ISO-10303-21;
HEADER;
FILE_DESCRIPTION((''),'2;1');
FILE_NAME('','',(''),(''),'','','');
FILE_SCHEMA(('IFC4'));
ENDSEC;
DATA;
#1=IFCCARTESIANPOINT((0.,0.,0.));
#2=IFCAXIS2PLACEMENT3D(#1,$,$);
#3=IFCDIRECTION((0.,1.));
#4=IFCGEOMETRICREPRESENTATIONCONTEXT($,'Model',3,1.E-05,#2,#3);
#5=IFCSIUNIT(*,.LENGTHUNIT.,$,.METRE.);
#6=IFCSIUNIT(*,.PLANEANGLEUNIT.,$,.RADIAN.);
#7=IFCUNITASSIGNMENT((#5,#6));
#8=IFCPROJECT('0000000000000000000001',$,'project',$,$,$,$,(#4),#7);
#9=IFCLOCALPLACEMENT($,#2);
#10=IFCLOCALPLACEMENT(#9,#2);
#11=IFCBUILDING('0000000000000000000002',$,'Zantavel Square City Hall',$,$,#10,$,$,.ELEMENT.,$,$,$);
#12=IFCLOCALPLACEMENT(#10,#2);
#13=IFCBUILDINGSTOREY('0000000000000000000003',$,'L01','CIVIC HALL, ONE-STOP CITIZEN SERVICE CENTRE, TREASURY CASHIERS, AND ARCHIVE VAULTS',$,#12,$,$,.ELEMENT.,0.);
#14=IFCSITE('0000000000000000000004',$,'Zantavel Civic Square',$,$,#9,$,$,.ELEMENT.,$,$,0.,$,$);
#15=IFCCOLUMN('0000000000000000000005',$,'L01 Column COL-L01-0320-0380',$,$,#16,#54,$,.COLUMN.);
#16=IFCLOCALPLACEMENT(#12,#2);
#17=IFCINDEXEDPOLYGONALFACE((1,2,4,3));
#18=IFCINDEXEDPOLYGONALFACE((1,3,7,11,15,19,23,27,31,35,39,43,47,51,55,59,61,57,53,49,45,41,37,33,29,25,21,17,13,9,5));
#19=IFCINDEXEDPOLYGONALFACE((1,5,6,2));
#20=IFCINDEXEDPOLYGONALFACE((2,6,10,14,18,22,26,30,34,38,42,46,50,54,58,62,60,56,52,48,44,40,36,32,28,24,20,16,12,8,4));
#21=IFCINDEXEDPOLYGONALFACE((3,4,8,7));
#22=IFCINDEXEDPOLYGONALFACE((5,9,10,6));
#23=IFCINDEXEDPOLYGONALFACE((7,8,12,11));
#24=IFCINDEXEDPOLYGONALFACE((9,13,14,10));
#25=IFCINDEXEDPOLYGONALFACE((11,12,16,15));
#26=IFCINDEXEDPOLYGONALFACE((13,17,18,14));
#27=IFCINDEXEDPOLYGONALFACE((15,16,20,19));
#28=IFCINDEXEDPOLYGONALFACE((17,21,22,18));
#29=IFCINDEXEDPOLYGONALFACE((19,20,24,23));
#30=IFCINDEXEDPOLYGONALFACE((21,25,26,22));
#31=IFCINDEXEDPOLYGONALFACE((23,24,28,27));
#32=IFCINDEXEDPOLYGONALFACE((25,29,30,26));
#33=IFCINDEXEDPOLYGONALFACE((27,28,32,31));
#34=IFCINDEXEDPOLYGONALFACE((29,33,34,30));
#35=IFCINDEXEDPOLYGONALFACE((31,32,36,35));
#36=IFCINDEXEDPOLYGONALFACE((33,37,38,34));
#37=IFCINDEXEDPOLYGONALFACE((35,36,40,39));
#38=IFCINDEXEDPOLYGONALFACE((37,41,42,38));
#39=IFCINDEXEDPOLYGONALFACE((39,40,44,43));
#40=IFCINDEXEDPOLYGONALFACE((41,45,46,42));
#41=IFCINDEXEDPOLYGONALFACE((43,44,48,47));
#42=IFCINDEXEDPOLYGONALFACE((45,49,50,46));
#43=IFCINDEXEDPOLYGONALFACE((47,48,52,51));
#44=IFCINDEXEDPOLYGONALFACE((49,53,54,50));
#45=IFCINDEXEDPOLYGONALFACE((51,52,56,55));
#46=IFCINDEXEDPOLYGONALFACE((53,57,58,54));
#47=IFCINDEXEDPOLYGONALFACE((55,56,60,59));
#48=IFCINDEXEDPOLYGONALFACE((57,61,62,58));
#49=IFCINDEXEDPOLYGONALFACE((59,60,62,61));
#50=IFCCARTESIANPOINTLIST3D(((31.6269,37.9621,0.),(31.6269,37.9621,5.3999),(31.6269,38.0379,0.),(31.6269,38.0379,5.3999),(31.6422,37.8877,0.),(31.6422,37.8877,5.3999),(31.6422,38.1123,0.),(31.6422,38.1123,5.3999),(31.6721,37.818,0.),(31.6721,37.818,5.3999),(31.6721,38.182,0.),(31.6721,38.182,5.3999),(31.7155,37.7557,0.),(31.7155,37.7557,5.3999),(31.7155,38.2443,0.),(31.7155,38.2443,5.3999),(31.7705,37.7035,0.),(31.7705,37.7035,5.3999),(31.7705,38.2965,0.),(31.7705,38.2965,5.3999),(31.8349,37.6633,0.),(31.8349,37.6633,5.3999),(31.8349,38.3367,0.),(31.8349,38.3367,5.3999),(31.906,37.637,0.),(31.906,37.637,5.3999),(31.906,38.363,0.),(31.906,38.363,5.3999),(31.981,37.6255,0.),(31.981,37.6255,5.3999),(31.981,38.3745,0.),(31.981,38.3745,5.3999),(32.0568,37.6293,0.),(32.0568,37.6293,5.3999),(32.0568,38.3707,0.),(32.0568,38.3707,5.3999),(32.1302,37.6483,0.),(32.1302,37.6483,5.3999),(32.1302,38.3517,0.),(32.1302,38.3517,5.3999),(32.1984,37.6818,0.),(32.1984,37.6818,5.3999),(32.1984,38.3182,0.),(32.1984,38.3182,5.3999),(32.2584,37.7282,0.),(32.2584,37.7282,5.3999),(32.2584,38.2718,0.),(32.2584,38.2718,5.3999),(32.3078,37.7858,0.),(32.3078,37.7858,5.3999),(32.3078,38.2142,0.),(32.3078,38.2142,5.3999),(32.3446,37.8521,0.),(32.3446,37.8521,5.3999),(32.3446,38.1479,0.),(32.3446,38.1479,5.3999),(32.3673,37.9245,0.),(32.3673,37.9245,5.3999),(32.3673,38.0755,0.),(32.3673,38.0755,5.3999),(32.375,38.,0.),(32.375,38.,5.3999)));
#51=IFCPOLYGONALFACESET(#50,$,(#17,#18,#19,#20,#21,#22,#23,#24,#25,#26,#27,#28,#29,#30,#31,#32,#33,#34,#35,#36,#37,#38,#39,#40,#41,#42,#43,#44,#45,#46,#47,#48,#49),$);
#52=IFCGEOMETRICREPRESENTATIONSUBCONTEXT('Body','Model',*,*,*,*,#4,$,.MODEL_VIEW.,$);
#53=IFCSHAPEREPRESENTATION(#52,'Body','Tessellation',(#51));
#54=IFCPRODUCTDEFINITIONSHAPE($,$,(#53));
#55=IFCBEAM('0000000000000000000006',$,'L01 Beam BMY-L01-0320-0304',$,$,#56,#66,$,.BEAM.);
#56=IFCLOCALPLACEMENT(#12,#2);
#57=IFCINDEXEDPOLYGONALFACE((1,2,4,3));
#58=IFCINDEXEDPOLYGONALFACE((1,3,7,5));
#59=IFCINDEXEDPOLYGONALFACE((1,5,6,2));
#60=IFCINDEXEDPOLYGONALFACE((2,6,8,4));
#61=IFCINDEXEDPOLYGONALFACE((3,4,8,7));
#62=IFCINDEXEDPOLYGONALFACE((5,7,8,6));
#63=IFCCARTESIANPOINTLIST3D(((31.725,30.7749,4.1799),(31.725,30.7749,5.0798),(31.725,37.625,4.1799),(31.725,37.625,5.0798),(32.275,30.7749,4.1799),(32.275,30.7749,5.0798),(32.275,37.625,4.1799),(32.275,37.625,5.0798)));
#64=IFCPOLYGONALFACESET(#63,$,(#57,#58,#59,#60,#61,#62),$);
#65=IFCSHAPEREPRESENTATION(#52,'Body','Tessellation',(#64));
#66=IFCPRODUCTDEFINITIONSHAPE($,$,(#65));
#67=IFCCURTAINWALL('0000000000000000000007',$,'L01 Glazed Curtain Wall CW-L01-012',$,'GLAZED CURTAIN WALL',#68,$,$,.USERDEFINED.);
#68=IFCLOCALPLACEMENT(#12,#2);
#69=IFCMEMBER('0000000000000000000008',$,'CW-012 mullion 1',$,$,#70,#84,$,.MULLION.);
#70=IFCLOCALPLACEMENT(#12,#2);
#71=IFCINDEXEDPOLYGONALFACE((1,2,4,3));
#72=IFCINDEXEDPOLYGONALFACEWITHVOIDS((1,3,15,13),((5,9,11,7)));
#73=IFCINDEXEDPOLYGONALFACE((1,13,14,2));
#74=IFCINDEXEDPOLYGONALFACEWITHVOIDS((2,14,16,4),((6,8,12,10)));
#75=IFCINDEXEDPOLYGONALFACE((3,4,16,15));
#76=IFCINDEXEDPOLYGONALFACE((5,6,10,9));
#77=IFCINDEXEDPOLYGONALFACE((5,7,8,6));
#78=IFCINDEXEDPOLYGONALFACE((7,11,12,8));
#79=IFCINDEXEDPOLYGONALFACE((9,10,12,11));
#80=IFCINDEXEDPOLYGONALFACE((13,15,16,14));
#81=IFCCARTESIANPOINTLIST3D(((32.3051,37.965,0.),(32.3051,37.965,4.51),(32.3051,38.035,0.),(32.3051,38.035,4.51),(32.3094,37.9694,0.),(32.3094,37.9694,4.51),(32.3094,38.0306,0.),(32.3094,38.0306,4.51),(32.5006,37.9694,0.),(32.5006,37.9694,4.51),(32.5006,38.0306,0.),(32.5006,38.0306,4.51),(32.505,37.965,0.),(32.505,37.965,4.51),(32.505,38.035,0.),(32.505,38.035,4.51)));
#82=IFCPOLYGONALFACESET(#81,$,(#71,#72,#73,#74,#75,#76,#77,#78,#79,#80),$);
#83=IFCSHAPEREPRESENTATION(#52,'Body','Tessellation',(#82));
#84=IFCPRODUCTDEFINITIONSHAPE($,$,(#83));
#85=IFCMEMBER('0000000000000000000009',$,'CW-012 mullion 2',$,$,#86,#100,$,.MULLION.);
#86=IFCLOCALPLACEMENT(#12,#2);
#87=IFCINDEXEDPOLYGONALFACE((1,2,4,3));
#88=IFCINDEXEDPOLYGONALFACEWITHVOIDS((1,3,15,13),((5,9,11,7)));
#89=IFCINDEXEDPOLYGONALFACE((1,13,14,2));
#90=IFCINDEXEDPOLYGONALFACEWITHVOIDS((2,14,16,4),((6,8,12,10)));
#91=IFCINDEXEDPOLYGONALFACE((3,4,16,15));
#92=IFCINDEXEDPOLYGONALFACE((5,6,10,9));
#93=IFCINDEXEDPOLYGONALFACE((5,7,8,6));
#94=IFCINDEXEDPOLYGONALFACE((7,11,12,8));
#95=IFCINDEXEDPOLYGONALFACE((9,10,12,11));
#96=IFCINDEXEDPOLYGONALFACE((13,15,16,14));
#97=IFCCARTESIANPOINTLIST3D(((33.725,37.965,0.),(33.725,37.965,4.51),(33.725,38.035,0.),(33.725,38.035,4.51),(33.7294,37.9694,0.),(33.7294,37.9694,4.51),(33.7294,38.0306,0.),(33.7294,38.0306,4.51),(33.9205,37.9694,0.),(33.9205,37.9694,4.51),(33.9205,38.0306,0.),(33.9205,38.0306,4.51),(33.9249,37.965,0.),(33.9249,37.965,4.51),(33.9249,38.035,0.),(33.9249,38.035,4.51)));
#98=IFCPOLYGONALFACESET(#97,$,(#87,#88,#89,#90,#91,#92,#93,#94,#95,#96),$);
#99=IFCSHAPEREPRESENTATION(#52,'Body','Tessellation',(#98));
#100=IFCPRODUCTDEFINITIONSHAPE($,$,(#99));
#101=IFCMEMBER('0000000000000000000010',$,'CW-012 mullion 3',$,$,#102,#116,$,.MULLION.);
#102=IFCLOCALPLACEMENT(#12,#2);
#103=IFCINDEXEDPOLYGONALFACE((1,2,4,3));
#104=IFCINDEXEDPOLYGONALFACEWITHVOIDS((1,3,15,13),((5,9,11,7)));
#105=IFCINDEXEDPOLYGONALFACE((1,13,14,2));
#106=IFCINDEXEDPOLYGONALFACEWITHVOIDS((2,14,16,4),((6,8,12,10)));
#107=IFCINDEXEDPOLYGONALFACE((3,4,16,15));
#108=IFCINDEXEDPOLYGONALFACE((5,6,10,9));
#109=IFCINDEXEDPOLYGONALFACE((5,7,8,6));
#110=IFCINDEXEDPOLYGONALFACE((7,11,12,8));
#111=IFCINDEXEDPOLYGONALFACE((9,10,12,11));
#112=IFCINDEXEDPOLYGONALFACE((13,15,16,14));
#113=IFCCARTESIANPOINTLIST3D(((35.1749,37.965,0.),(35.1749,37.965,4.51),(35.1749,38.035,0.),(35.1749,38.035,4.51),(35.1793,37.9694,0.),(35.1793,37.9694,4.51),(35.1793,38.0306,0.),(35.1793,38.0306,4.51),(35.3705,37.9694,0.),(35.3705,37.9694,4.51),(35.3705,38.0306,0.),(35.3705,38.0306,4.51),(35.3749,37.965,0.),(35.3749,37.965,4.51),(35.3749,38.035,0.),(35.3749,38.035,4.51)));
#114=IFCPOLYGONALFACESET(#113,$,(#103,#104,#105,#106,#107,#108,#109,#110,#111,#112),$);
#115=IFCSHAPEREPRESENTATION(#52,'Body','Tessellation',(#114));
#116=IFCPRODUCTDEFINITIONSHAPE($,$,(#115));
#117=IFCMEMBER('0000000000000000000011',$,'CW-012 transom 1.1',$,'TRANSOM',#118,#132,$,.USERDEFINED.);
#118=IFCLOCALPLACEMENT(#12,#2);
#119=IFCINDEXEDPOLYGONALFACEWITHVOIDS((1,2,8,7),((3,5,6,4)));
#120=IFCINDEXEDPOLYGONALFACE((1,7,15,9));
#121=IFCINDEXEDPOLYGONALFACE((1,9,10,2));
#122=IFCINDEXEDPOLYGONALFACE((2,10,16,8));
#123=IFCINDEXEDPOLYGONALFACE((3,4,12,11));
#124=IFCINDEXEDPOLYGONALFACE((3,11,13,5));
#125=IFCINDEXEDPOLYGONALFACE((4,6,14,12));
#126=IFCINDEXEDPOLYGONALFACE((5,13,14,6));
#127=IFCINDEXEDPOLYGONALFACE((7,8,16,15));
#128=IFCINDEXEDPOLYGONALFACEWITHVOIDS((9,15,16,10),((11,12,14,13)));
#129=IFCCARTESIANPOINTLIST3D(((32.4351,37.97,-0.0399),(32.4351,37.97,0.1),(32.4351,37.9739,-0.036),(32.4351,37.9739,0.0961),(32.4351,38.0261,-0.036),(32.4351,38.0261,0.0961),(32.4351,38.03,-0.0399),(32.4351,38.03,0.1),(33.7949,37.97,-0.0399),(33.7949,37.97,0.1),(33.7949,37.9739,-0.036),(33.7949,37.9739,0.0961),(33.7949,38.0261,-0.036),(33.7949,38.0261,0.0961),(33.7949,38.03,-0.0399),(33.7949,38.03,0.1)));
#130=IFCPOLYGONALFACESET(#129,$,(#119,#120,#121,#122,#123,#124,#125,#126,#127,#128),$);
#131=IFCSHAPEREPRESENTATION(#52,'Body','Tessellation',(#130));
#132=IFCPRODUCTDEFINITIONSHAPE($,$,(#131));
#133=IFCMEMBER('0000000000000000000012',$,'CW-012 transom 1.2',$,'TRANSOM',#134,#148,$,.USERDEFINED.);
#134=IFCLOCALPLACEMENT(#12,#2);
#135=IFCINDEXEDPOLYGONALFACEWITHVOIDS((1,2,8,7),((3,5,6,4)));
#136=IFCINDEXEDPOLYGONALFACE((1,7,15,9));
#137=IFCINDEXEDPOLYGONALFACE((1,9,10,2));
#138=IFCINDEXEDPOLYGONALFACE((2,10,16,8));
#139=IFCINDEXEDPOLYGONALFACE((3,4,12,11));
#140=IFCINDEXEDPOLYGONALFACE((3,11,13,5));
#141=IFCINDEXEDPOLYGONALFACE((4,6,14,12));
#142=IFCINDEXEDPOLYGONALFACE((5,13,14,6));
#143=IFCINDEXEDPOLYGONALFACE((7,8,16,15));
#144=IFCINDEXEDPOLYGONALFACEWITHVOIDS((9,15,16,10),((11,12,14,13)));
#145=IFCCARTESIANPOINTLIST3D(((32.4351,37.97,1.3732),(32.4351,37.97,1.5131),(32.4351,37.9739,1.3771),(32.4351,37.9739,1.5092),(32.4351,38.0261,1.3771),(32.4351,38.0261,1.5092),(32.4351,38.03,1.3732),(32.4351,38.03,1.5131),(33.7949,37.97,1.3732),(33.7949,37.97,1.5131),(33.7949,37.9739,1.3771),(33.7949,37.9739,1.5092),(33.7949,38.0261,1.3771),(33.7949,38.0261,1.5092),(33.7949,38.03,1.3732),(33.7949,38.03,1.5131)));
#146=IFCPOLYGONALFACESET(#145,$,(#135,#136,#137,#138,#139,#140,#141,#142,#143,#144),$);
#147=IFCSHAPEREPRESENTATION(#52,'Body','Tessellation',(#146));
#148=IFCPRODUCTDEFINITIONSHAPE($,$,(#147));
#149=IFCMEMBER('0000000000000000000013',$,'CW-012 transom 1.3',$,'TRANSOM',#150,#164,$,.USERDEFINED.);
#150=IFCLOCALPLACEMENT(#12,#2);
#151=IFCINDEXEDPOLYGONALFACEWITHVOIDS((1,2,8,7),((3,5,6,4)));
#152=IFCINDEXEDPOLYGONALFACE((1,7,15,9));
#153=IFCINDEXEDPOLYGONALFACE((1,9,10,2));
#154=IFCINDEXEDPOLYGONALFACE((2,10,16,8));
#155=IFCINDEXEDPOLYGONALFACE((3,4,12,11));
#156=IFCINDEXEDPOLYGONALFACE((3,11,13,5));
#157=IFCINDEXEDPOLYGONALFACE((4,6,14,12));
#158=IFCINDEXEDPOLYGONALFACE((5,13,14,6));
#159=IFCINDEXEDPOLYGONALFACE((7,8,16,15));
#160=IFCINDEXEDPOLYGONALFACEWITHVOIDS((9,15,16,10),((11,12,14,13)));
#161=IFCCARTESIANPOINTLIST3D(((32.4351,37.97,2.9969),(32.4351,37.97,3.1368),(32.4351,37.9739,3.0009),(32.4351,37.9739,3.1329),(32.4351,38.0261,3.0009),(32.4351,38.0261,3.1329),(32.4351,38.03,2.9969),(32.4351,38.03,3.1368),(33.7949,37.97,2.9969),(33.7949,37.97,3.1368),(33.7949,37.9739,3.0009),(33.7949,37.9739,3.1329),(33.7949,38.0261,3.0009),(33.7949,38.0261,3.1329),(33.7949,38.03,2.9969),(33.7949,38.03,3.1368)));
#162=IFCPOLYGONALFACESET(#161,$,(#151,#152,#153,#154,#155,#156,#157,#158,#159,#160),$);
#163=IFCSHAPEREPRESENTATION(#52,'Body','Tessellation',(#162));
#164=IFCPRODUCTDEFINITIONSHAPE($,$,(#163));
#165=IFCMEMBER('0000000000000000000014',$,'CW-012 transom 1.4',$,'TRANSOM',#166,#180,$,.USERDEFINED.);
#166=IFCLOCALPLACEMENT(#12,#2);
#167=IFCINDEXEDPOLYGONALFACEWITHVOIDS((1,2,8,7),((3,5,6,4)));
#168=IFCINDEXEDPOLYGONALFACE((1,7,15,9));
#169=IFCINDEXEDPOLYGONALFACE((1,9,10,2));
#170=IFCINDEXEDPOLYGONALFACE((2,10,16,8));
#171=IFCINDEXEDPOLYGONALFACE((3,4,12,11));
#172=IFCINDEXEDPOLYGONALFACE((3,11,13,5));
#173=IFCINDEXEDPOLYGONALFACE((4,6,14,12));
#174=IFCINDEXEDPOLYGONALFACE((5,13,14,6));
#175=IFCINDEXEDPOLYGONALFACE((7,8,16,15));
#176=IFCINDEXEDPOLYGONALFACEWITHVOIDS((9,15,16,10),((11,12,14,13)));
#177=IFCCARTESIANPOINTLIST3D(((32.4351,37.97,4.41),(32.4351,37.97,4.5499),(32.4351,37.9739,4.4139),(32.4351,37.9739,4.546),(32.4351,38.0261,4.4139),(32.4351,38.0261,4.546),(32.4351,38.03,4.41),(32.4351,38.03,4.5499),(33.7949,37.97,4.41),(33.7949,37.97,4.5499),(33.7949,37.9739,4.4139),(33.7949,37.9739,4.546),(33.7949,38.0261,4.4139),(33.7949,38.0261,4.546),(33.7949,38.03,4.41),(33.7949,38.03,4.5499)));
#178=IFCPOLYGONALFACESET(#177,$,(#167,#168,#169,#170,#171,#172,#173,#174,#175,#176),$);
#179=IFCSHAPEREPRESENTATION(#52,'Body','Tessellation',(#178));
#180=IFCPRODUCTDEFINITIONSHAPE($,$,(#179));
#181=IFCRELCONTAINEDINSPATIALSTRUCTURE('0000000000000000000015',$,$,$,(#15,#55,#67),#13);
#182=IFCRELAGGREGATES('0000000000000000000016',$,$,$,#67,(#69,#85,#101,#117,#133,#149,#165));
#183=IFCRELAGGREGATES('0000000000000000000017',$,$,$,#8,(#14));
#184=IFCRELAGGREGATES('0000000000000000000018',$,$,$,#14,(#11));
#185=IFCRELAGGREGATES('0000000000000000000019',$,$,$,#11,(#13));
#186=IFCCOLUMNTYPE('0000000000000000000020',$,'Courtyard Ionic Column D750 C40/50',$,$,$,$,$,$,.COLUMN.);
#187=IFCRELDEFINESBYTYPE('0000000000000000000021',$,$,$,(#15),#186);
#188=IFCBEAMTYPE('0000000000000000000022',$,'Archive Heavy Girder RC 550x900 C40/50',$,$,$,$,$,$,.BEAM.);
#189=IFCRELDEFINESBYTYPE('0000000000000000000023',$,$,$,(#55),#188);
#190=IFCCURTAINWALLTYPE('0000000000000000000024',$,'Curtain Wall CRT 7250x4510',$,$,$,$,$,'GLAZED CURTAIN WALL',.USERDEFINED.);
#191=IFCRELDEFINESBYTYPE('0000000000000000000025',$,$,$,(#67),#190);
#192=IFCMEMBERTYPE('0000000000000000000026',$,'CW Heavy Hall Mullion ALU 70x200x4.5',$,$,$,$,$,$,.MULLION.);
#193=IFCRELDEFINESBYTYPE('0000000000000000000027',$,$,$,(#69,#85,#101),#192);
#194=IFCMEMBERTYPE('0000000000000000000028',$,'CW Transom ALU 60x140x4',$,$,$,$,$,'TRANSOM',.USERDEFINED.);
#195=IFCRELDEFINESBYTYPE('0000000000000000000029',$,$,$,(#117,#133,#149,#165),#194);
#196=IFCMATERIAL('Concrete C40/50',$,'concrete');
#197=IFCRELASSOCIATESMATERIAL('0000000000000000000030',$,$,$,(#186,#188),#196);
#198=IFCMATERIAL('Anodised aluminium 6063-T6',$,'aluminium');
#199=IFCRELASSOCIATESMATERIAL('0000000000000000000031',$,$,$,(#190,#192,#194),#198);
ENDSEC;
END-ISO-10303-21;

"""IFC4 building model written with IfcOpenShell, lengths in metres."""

from ifc_helpers import new_model, si_unit, direction, frame, origin, origin_2d, place, context, subcontext, project, spatial, rectangle, hollow_rectangle, circle, extrude, material, material_profile, profile_set, type_object, element, aggregate, save


model = new_model("IFC4")

# Units and contexts
model_context = context("Model", 3, precision=1e-05, world=origin(), true_north=direction((0.0, 1.0)))
body_context = subcontext(model_context, "Body", "Model", "MODEL_VIEW")
ifc_project = project(units=[si_unit("LENGTHUNIT", "METRE"), si_unit("PLANEANGLEUNIT", "RADIAN")], contexts=[model_context])

# Site, building, storey
site_placement = place(None, origin())
site = spatial("IfcSite", under=ifc_project, at=site_placement, Name="Zantavel Civic Square", CompositionType="ELEMENT", RefElevation=0.0)
building_placement = place(site_placement, origin())
building = spatial("IfcBuilding", under=site, at=building_placement, Name="Zantavel Square City Hall", CompositionType="ELEMENT")
storey_placement = place(building_placement, origin())
storey = spatial("IfcBuildingStorey", under=building, at=storey_placement, Name="L01", Description="CIVIC HALL, ONE-STOP CITIZEN SERVICE CENTRE, TREASURY CASHIERS, AND ARCHIVE VAULTS", CompositionType="ELEMENT", Elevation=0.0)

# Column
ifc_material_1 = material(Name="Concrete C40/50", Category="concrete")
ifc_material_profile_1 = material_profile(ifc_material_1, circle(Radius=0.375, at=origin_2d()), Name="ROUND D750")
ifc_profile_set_1 = profile_set([ifc_material_profile_1], Name="Concrete C40/50")
column_type = type_object("IfcColumnType", Name="Courtyard Ionic Column D750 C40/50", PredefinedType="COLUMN", material=ifc_profile_set_1)
column_placement = place(storey_placement, frame((32.0, 38.0, 0.0), z_axis=(0.0, 0.0, 1.0), x_axis=(1.0, 0.0, 0.0)))
element("IfcColumn", 1, at=column_placement, inside=storey, type_object=column_type, Name="L01 Column COL-L01-0320-0380", PredefinedType="COLUMN", context=body_context, shape_type="SweptSolid", body=[
    extrude(circle(Radius=0.375, at=origin_2d()), origin(), (0.0, 0.0, 1.0), 5.3999),
])

# Beam
ifc_material_profile_2 = material_profile(ifc_material_1, rectangle(XDim=0.55, YDim=0.8999, at=origin_2d()), Name="RC 550x900")
ifc_profile_set_2 = profile_set([ifc_material_profile_2], Name="Concrete C40/50")
beam_type_1 = type_object("IfcBeamType", Name="Archive Heavy Girder RC 550x900 C40/50", PredefinedType="BEAM", material=ifc_profile_set_2)
beam_1_placement = place(storey_placement, frame((32.0, 30.7749, 4.6299), z_axis=(0.0, 1.0, 0.0), x_axis=(-1.0, 0.0, 0.0)))
element("IfcBeam", 2, at=beam_1_placement, inside=storey, type_object=beam_type_1, Name="L01 Beam BMY-L01-0320-0304", PredefinedType="BEAM", context=body_context, shape_type="SweptSolid", body=[
    extrude(rectangle(XDim=0.55, YDim=0.8999, at=origin_2d()), origin(), (0.0, 0.0, 1.0), 6.8501),
])

# Curtain wall, members
ifc_material_2 = material(Name="Anodised aluminium 6063-T6", Category="aluminium")
curtain_wall_type = type_object("IfcCurtainWallType", Name="Curtain Wall CRT 7250x4510", ElementType="GLAZED CURTAIN WALL", PredefinedType="USERDEFINED", material=ifc_material_2)
curtain_wall_placement = place(storey_placement, origin())
curtain_wall = element("IfcCurtainWall", 3, at=curtain_wall_placement, inside=storey, type_object=curtain_wall_type, Name="L01 Glazed Curtain Wall CW-L01-012", ObjectType="GLAZED CURTAIN WALL", PredefinedType="USERDEFINED")
ifc_material_profile_3 = material_profile(ifc_material_2, hollow_rectangle(XDim=0.0701, YDim=0.2, WallThickness=0.0044, at=origin_2d()), Name="ALU 70x200x4.5")
ifc_profile_set_3 = profile_set([ifc_material_profile_3], Name="Anodised aluminium 6063-T6")
member_type_1 = type_object("IfcMemberType", Name="CW Heavy Hall Mullion ALU 70x200x4.5", PredefinedType="MULLION", material=ifc_profile_set_3)
member_1_placement = place(storey_placement, frame((32.405, 38.0, 0.0), z_axis=(0.0, 0.0, 1.0), x_axis=(0.0, 1.0, 0.0)))
member_1 = element("IfcMember", 4, at=member_1_placement, type_object=member_type_1, Name="CW-012 mullion 1", PredefinedType="MULLION", context=body_context, shape_type="SweptSolid", body=[
    extrude(hollow_rectangle(XDim=0.0701, YDim=0.2, WallThickness=0.0044, at=origin_2d()), origin(), (0.0, 0.0, 1.0), 4.51),
])
member_2_placement = place(storey_placement, frame((33.825, 38.0, 0.0), z_axis=(0.0, 0.0, 1.0), x_axis=(0.0, 1.0, 0.0)))
member_2 = element("IfcMember", 5, at=member_2_placement, type_object=member_type_1, Name="CW-012 mullion 2", PredefinedType="MULLION", context=body_context, shape_type="SweptSolid", body=[
    extrude(hollow_rectangle(XDim=0.0701, YDim=0.2, WallThickness=0.0044, at=origin_2d()), origin(), (0.0, 0.0, 1.0), 4.51),
])
member_3_placement = place(storey_placement, frame((35.2749, 38.0, 0.0), z_axis=(0.0, 0.0, 1.0), x_axis=(0.0, 1.0, 0.0)))
member_3 = element("IfcMember", 6, at=member_3_placement, type_object=member_type_1, Name="CW-012 mullion 3", PredefinedType="MULLION", context=body_context, shape_type="SweptSolid", body=[
    extrude(hollow_rectangle(XDim=0.0701, YDim=0.2, WallThickness=0.0044, at=origin_2d()), origin(), (0.0, 0.0, 1.0), 4.51),
])
ifc_material_profile_4 = material_profile(ifc_material_2, hollow_rectangle(XDim=0.0601, YDim=0.1399, WallThickness=0.0039, at=origin_2d()), Name="ALU 60x140x4")
ifc_profile_set_4 = profile_set([ifc_material_profile_4], Name="Anodised aluminium 6063-T6")
member_type_2 = type_object("IfcMemberType", Name="CW Transom ALU 60x140x4", ElementType="TRANSOM", PredefinedType="USERDEFINED", material=ifc_profile_set_4)
member_4_placement = place(storey_placement, frame((32.4351, 38.0, 0.03), z_axis=(1.0, 0.0, 0.0), x_axis=(0.0, 1.0, 0.0)))
member_4 = element("IfcMember", 7, at=member_4_placement, type_object=member_type_2, Name="CW-012 transom 1.1", ObjectType="TRANSOM", PredefinedType="USERDEFINED", context=body_context, shape_type="SweptSolid", body=[
    extrude(hollow_rectangle(XDim=0.0601, YDim=0.1399, WallThickness=0.0039, at=origin_2d()), origin(), (0.0, 0.0, 1.0), 1.3599),
])
member_5_placement = place(storey_placement, frame((32.4351, 38.0, 1.4431), z_axis=(1.0, 0.0, 0.0), x_axis=(0.0, 1.0, 0.0)))
member_5 = element("IfcMember", 8, at=member_5_placement, type_object=member_type_2, Name="CW-012 transom 1.2", ObjectType="TRANSOM", PredefinedType="USERDEFINED", context=body_context, shape_type="SweptSolid", body=[
    extrude(hollow_rectangle(XDim=0.0601, YDim=0.1399, WallThickness=0.0039, at=origin_2d()), origin(), (0.0, 0.0, 1.0), 1.3599),
])
member_6_placement = place(storey_placement, frame((32.4351, 38.0, 3.0669), z_axis=(1.0, 0.0, 0.0), x_axis=(0.0, 1.0, 0.0)))
member_6 = element("IfcMember", 9, at=member_6_placement, type_object=member_type_2, Name="CW-012 transom 1.3", ObjectType="TRANSOM", PredefinedType="USERDEFINED", context=body_context, shape_type="SweptSolid", body=[
    extrude(hollow_rectangle(XDim=0.0601, YDim=0.1399, WallThickness=0.0039, at=origin_2d()), origin(), (0.0, 0.0, 1.0), 1.3599),
])
member_7_placement = place(storey_placement, frame((32.4351, 38.0, 4.48), z_axis=(1.0, 0.0, 0.0), x_axis=(0.0, 1.0, 0.0)))
member_7 = element("IfcMember", 10, at=member_7_placement, type_object=member_type_2, Name="CW-012 transom 1.4", ObjectType="TRANSOM", PredefinedType="USERDEFINED", context=body_context, shape_type="SweptSolid", body=[
    extrude(hollow_rectangle(XDim=0.0601, YDim=0.1399, WallThickness=0.0039, at=origin_2d()), origin(), (0.0, 0.0, 1.0), 1.3599),
])

aggregate(curtain_wall, [member_1, member_2, member_3, member_4, member_5, member_6, member_7])

save(model, "model.ifc")
